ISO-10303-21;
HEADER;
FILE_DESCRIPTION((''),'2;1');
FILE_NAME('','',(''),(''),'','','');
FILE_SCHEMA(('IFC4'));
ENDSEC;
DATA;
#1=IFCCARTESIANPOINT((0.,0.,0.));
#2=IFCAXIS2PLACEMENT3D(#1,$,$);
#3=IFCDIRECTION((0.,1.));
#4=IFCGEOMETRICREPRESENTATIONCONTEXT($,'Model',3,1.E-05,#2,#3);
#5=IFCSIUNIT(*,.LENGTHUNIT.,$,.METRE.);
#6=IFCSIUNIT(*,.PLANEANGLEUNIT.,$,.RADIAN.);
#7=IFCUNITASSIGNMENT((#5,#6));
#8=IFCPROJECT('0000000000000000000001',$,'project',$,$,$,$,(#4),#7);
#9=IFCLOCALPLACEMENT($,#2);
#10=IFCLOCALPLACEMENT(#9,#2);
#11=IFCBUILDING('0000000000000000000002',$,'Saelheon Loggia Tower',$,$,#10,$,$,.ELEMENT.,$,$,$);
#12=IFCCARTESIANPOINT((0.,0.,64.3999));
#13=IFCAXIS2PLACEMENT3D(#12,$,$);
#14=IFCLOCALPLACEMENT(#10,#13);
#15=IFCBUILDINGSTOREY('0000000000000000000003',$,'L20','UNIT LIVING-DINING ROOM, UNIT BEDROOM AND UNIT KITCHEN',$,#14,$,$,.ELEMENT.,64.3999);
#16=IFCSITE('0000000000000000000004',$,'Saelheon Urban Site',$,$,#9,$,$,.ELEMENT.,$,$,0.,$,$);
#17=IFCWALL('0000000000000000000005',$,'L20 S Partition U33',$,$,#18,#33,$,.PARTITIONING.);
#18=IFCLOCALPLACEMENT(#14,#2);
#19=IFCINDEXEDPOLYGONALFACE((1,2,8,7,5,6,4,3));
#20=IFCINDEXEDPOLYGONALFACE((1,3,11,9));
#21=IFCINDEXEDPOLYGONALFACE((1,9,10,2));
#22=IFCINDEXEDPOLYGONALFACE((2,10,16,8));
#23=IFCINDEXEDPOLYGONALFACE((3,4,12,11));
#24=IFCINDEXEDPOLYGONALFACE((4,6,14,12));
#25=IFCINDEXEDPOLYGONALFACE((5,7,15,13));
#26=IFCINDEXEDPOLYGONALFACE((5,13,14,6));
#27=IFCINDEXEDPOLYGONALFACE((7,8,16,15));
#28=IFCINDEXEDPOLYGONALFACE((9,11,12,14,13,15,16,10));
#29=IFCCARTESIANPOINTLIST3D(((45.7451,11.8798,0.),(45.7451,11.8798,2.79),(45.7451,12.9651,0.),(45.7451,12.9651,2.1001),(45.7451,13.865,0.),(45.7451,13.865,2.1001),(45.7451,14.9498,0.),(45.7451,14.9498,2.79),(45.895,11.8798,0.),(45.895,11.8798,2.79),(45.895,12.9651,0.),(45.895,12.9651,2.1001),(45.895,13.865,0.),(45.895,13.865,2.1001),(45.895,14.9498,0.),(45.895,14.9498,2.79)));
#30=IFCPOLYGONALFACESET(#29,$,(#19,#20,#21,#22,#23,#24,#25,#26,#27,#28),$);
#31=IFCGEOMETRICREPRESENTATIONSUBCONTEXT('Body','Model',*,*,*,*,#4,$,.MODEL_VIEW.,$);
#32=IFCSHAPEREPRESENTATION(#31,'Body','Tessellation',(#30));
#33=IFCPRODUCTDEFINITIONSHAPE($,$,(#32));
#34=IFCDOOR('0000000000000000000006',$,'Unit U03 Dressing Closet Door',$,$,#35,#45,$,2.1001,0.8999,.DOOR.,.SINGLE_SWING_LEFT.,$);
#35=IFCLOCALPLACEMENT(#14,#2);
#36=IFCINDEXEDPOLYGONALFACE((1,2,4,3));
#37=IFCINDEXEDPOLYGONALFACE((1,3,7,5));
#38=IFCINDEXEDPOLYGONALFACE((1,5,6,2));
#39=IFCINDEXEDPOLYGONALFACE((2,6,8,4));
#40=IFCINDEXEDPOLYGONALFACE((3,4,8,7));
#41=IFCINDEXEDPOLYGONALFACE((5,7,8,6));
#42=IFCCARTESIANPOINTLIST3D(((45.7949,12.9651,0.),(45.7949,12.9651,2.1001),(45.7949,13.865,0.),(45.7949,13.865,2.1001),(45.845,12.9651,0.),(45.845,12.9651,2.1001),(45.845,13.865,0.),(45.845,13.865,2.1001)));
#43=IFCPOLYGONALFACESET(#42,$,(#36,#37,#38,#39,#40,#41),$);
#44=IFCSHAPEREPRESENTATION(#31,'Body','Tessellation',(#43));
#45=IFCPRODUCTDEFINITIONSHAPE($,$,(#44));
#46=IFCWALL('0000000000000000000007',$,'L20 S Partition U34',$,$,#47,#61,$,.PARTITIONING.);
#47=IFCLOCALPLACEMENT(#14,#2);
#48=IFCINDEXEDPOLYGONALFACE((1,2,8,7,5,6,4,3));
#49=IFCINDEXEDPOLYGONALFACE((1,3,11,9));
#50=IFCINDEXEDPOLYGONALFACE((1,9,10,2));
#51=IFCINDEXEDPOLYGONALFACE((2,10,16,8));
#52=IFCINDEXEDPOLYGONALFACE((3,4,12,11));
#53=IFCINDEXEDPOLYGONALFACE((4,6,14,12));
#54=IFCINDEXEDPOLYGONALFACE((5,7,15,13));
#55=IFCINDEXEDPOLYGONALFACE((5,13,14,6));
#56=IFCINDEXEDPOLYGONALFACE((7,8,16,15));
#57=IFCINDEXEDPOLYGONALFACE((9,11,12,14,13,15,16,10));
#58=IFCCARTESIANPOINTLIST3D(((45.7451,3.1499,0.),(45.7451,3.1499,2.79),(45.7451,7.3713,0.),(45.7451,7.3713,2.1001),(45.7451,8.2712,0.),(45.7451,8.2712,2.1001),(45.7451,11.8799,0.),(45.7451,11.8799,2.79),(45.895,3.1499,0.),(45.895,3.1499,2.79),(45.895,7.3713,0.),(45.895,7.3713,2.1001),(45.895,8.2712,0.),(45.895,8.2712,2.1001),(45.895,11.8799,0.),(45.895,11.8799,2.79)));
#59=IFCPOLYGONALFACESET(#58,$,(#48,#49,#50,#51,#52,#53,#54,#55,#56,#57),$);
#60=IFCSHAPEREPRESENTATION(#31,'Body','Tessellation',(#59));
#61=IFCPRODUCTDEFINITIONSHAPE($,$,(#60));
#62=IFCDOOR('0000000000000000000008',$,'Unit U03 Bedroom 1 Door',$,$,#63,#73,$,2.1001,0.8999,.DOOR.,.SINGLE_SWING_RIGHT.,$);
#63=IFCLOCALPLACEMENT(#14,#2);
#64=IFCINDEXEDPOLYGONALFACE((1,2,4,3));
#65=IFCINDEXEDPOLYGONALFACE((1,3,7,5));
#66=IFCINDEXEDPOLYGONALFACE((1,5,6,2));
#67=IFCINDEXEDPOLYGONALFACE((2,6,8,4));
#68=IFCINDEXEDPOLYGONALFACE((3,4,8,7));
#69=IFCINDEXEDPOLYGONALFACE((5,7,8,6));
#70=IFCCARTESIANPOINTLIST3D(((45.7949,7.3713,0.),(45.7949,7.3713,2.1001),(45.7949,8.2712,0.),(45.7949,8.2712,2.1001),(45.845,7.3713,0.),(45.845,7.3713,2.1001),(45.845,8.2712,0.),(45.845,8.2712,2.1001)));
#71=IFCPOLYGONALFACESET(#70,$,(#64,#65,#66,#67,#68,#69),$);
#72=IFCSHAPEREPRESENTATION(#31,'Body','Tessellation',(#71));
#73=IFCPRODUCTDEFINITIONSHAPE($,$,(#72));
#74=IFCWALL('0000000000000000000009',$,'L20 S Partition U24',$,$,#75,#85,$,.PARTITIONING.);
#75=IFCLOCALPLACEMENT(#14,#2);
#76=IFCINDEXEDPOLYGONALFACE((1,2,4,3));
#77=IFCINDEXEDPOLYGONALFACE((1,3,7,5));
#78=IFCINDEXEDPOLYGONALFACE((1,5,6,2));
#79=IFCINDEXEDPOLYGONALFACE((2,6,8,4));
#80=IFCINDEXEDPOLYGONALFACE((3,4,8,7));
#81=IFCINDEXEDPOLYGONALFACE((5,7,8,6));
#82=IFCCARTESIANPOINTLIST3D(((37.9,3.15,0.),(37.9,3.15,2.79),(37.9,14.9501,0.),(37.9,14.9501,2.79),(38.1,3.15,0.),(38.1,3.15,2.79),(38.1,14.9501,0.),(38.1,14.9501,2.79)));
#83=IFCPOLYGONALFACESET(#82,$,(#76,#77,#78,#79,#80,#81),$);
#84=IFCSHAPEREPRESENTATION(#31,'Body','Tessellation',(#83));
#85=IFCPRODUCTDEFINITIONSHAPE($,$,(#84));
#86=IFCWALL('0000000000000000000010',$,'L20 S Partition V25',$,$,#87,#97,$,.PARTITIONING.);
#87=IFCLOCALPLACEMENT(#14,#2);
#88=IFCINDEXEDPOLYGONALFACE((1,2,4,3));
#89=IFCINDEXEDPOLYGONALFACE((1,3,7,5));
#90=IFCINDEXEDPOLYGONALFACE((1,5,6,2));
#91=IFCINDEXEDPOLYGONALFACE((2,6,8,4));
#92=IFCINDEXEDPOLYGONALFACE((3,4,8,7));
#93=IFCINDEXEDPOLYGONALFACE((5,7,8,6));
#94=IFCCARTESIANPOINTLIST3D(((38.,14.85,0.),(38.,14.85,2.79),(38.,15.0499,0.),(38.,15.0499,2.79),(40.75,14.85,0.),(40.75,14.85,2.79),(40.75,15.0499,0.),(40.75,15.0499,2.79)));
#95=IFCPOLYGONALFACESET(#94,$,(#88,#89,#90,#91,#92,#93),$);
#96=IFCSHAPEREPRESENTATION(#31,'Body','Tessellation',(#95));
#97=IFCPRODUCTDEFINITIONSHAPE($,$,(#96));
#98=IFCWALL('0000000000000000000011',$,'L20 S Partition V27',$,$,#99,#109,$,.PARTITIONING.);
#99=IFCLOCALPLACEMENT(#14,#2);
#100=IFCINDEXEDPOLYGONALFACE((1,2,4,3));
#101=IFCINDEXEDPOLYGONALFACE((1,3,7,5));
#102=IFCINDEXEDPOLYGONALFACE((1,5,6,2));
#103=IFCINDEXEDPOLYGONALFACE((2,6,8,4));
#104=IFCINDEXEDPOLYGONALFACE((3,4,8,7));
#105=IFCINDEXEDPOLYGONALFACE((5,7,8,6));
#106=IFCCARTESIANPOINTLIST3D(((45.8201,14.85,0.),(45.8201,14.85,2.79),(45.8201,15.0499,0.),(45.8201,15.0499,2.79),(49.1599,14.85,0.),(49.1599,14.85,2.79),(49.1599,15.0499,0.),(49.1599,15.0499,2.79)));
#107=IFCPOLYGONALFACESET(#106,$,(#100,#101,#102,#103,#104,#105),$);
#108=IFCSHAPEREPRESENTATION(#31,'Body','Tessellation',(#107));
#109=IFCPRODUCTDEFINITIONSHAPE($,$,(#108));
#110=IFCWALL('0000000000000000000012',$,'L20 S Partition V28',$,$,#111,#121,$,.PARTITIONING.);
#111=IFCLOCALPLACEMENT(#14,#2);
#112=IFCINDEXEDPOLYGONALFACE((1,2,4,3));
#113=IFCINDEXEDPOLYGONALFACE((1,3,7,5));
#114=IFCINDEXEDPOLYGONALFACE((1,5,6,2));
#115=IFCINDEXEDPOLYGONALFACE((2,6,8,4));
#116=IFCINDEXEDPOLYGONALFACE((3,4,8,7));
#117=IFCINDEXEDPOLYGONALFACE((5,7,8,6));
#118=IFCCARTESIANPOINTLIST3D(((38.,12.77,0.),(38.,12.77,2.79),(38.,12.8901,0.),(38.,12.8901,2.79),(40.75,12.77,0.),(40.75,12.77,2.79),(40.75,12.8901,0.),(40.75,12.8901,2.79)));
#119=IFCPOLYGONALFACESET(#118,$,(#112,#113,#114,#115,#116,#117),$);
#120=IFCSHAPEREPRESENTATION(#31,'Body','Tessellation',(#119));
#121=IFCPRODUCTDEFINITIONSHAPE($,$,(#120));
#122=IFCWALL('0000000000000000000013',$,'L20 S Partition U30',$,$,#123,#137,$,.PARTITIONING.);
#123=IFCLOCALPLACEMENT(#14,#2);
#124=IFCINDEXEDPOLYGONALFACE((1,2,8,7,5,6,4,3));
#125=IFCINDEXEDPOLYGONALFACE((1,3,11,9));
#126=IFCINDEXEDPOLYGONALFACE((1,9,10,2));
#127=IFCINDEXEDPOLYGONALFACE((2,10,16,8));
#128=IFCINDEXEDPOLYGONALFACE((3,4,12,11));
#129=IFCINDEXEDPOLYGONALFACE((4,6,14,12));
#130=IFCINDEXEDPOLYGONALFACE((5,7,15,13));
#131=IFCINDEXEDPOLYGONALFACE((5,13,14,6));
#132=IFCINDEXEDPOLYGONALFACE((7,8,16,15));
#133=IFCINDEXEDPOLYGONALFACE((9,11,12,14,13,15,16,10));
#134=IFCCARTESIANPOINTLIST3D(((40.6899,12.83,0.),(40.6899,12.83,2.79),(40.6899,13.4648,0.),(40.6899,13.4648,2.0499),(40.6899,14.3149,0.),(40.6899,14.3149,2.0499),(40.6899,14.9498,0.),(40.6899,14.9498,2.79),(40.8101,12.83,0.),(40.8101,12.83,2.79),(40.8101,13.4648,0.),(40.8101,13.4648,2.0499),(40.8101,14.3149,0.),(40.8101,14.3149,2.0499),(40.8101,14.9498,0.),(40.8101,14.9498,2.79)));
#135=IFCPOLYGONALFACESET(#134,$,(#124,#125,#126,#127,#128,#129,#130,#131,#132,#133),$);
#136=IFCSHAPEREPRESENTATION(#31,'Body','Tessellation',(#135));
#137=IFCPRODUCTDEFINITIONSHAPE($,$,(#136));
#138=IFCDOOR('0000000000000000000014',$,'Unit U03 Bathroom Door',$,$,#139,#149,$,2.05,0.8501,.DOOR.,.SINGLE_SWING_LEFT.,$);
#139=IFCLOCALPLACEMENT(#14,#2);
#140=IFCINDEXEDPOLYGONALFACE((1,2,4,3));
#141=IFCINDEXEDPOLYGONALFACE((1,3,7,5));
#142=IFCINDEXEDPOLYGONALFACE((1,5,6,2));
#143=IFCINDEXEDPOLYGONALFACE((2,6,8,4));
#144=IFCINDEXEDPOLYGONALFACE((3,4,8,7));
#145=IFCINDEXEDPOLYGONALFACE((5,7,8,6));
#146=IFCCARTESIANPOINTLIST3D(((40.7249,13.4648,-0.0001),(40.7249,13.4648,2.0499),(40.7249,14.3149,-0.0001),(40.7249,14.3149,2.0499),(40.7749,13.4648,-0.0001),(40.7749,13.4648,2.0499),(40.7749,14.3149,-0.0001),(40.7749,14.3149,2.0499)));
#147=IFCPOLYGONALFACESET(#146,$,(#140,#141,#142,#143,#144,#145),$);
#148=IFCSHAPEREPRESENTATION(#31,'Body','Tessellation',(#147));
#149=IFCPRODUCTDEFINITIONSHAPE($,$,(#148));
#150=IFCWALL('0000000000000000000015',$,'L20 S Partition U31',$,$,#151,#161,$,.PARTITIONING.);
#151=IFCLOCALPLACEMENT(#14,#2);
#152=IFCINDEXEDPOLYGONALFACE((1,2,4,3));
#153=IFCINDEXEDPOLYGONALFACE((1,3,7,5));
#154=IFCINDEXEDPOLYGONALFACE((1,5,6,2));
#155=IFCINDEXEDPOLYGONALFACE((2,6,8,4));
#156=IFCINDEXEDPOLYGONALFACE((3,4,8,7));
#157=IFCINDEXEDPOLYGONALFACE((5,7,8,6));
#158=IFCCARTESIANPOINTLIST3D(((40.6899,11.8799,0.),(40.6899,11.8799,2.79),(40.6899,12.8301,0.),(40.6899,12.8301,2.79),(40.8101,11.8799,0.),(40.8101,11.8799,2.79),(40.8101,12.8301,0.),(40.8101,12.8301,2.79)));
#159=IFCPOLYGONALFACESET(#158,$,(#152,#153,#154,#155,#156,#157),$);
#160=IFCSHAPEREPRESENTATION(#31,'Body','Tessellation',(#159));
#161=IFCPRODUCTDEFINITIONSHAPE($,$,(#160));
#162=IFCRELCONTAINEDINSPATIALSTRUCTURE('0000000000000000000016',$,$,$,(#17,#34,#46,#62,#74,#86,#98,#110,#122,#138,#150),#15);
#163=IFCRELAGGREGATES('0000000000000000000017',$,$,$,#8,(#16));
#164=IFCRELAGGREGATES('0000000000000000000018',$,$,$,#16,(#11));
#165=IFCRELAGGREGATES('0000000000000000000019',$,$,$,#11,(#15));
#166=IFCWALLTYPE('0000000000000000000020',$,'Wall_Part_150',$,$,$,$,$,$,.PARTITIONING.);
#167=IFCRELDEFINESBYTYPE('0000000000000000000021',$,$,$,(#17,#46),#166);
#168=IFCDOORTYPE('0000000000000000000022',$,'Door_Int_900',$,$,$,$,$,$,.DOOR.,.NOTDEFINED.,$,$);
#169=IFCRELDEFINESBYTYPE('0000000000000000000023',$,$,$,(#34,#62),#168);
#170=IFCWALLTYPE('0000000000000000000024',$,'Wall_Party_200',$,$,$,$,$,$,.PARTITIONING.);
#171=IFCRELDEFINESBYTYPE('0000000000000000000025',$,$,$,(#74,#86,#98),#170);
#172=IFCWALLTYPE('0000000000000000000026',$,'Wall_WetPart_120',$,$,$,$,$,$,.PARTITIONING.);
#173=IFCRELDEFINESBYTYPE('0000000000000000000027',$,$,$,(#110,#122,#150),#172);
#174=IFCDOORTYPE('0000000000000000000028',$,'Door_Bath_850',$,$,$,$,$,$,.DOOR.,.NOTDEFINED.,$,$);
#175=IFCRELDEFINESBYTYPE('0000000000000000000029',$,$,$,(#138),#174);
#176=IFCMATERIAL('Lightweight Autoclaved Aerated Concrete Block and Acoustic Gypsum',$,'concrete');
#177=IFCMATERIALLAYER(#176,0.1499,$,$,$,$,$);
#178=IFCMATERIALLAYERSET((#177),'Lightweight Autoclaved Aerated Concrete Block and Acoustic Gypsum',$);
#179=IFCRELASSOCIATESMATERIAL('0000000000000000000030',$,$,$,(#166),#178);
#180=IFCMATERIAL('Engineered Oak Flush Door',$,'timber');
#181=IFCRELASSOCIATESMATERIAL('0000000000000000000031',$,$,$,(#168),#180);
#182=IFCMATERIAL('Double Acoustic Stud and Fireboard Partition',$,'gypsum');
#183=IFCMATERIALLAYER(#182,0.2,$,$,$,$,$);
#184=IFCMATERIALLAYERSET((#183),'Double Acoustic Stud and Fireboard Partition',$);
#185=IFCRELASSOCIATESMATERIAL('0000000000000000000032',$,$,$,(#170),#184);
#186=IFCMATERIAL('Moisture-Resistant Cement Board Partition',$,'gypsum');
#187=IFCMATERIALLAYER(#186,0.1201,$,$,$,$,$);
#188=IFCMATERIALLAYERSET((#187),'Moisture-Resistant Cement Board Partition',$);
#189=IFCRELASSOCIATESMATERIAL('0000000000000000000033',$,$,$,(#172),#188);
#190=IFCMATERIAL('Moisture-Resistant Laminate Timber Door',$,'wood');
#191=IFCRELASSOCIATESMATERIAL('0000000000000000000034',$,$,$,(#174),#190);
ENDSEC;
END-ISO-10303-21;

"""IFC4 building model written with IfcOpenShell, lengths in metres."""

from ifc_helpers import new_model, si_unit, direction, frame, frame_2d, origin, place, context, subcontext, project, spatial, rectangle, extrude, source, transform, mapped, material, layer, layer_set, type_object, element, fill, save


model = new_model("IFC4")

# Units and contexts
model_context = context("Model", 3, precision=1e-05, world=origin(), true_north=direction((0.0, 1.0)))
body_context = subcontext(model_context, "Body", "Model", "MODEL_VIEW")
ifc_project = project(units=[si_unit("LENGTHUNIT", "METRE"), si_unit("PLANEANGLEUNIT", "RADIAN")], contexts=[model_context])

# Site, building, storey
site_placement = place(None, origin())
site = spatial("IfcSite", under=ifc_project, at=site_placement, Name="Saelheon Urban Site", CompositionType="ELEMENT", RefElevation=0.0)
building_placement = place(site_placement, origin())
building = spatial("IfcBuilding", under=site, at=building_placement, Name="Saelheon Loggia Tower", CompositionType="ELEMENT")
storey_placement = place(building_placement, frame((0.0, 0.0, 64.3999)))
storey = spatial("IfcBuildingStorey", under=building, at=storey_placement, Name="L20", Description="UNIT LIVING-DINING ROOM, UNIT BEDROOM AND UNIT KITCHEN", CompositionType="ELEMENT", Elevation=64.3999)

# Shared definitions
ifc_material_1 = material(Name="Lightweight Autoclaved Aerated Concrete Block and Acoustic Gypsum", Category="concrete")
ifc_layer_1 = layer(ifc_material_1, 0.1499)
ifc_layer_set_1 = layer_set([ifc_layer_1], Name="Lightweight Autoclaved Aerated Concrete Block and Acoustic Gypsum")
wall_type_1 = type_object("IfcWallType", Name="Wall_Part_150", PredefinedType="PARTITIONING", material=ifc_layer_set_1)
ifc_material_2 = material(Name="Engineered Oak Flush Door", Category="timber")
door_type_1 = type_object("IfcDoorType", Name="Door_Int_900", OperationType="NOTDEFINED", PredefinedType="DOOR", material=ifc_material_2)
shared_shape_1 = source(origin(), body_context, "Body", "SweptSolid", [
    extrude(rectangle(XDim=0.8999, YDim=2.1001, at=frame_2d((0.45, 1.05))), frame((0.0, 0.0249, 0.0), z_axis=(0.0, -1.0, 0.0), x_axis=(1.0, 0.0, 0.0)), (0.0, 0.0, 1.0), 0.05),
])

# Walls, openings, doors
wall_1_placement = place(storey_placement, frame((45.8201, 14.95, 0.0), z_axis=(0.0, 0.0, 1.0), x_axis=(0.0, -1.0, 0.0)))
wall_1 = element("IfcWall", 1, at=wall_1_placement, inside=storey, type_object=wall_type_1, Name="L20 S Partition U33", PredefinedType="PARTITIONING", context=body_context, shape_type="SweptSolid", body=[
    extrude(rectangle(XDim=3.0701, YDim=0.1499, at=frame_2d((1.5352, 0.0))), origin(), (0.0, 0.0, 1.0), 2.79),
])
opening_1_placement = place(wall_1_placement, frame((1.085, 0.0, 0.0)))
opening_1 = element("IfcOpeningElement", 2, at=opening_1_placement, cuts=wall_1, PredefinedType="OPENING", context=body_context, shape_type="SweptSolid", body=[
    extrude(rectangle(XDim=0.8999, YDim=2.1001, at=frame_2d((0.45, 1.05))), frame((0.0, 0.0869, 0.0), z_axis=(0.0, -1.0, 0.0), x_axis=(1.0, 0.0, 0.0)), (0.0, 0.0, 1.0), 0.1738),
])
door_1_placement = place(opening_1_placement, origin())
door_1 = element("IfcDoor", 3, at=door_1_placement, inside=storey, type_object=door_type_1, Name="Unit U03 Dressing Closet Door", OperationType="SINGLE_SWING_LEFT", OverallHeight=2.1001, OverallWidth=0.8999, PredefinedType="DOOR", context=body_context, shape_type="MappedRepresentation", body=[
    mapped(shared_shape_1, transform((0.0, 0.0, 0.0), scale=1.0)),
])
fill(opening_1, door_1)
wall_2_placement = place(storey_placement, frame((45.8201, 11.8799, 0.0), z_axis=(0.0, 0.0, 1.0), x_axis=(0.0, -1.0, 0.0)))
wall_2 = element("IfcWall", 4, at=wall_2_placement, inside=storey, type_object=wall_type_1, Name="L20 S Partition U34", PredefinedType="PARTITIONING", context=body_context, shape_type="SweptSolid", body=[
    extrude(rectangle(XDim=8.73, YDim=0.1499, at=frame_2d((4.365, 0.0))), origin(), (0.0, 0.0, 1.0), 2.79),
])
opening_2_placement = place(wall_2_placement, frame((3.6086, 0.0, 0.0)))
opening_2 = element("IfcOpeningElement", 5, at=opening_2_placement, cuts=wall_2, PredefinedType="OPENING", context=body_context, shape_type="SweptSolid", body=[
    extrude(rectangle(XDim=0.8999, YDim=2.1001, at=frame_2d((0.45, 1.05))), frame((0.0, 0.0869, 0.0), z_axis=(0.0, -1.0, 0.0), x_axis=(1.0, 0.0, 0.0)), (0.0, 0.0, 1.0), 0.1738),
])
door_2_placement = place(opening_2_placement, origin())
door_2 = element("IfcDoor", 6, at=door_2_placement, inside=storey, type_object=door_type_1, Name="Unit U03 Bedroom 1 Door", OperationType="SINGLE_SWING_RIGHT", OverallHeight=2.1001, OverallWidth=0.8999, PredefinedType="DOOR", context=body_context, shape_type="MappedRepresentation", body=[
    mapped(shared_shape_1, transform((0.0, 0.0, 0.0), scale=1.0)),
])
fill(opening_2, door_2)

# Walls
ifc_material_3 = material(Name="Double Acoustic Stud and Fireboard Partition", Category="gypsum")
ifc_layer_2 = layer(ifc_material_3, 0.2)
ifc_layer_set_2 = layer_set([ifc_layer_2], Name="Double Acoustic Stud and Fireboard Partition")
wall_type_2 = type_object("IfcWallType", Name="Wall_Party_200", PredefinedType="PARTITIONING", material=ifc_layer_set_2)
wall_3_placement = place(storey_placement, frame((38.0, 14.95, 0.0), z_axis=(0.0, 0.0, 1.0), x_axis=(0.0, -1.0, 0.0)))
element("IfcWall", 7, at=wall_3_placement, inside=storey, type_object=wall_type_2, Name="L20 S Partition U24", PredefinedType="PARTITIONING", context=body_context, shape_type="SweptSolid", body=[
    extrude(rectangle(XDim=11.8, YDim=0.2, at=frame_2d((5.8999, 0.0))), origin(), (0.0, 0.0, 1.0), 2.79),
])
wall_4_placement = place(storey_placement, frame((38.0, 14.95, 0.0), z_axis=(0.0, 0.0, 1.0), x_axis=(1.0, 0.0, 0.0)))
element("IfcWall", 8, at=wall_4_placement, inside=storey, type_object=wall_type_2, Name="L20 S Partition V25", PredefinedType="PARTITIONING", context=body_context, shape_type="SweptSolid", body=[
    extrude(rectangle(XDim=2.75, YDim=0.2, at=frame_2d((1.375, 0.0))), origin(), (0.0, 0.0, 1.0), 2.79),
])

# Walls
wall_5_placement = place(storey_placement, frame((45.8201, 14.95, 0.0), z_axis=(0.0, 0.0, 1.0), x_axis=(1.0, 0.0, 0.0)))
element("IfcWall", 9, at=wall_5_placement, inside=storey, type_object=wall_type_2, Name="L20 S Partition V27", PredefinedType="PARTITIONING", context=body_context, shape_type="SweptSolid", body=[
    extrude(rectangle(XDim=3.3398, YDim=0.2, at=frame_2d((1.6699, 0.0))), origin(), (0.0, 0.0, 1.0), 2.79),
])
ifc_material_4 = material(Name="Moisture-Resistant Cement Board Partition", Category="gypsum")
ifc_layer_3 = layer(ifc_material_4, 0.1201)
ifc_layer_set_3 = layer_set([ifc_layer_3], Name="Moisture-Resistant Cement Board Partition")
wall_type_3 = type_object("IfcWallType", Name="Wall_WetPart_120", PredefinedType="PARTITIONING", material=ifc_layer_set_3)
wall_6_placement = place(storey_placement, frame((38.0, 12.8301, 0.0), z_axis=(0.0, 0.0, 1.0), x_axis=(1.0, 0.0, 0.0)))
element("IfcWall", 10, at=wall_6_placement, inside=storey, type_object=wall_type_3, Name="L20 S Partition V28", PredefinedType="PARTITIONING", context=body_context, shape_type="SweptSolid", body=[
    extrude(rectangle(XDim=2.75, YDim=0.1201, at=frame_2d((1.375, 0.0))), origin(), (0.0, 0.0, 1.0), 2.79),
])

# Wall, opening, door
wall_7_placement = place(storey_placement, frame((40.75, 14.95, 0.0), z_axis=(0.0, 0.0, 1.0), x_axis=(0.0, -1.0, 0.0)))
wall_7 = element("IfcWall", 11, at=wall_7_placement, inside=storey, type_object=wall_type_3, Name="L20 S Partition U30", PredefinedType="PARTITIONING", context=body_context, shape_type="SweptSolid", body=[
    extrude(rectangle(XDim=2.1199, YDim=0.1201, at=frame_2d((1.0601, 0.0))), origin(), (0.0, 0.0, 1.0), 2.79),
])
opening_3_placement = place(wall_7_placement, frame((0.635, 0.0, 0.0)))
opening_3 = element("IfcOpeningElement", 12, at=opening_3_placement, cuts=wall_7, PredefinedType="OPENING", context=body_context, shape_type="SweptSolid", body=[
    extrude(rectangle(XDim=0.8501, YDim=2.05, at=frame_2d((0.425, 1.0249))), frame((0.0, 0.072, 0.0), z_axis=(0.0, -1.0, 0.0), x_axis=(1.0, 0.0, 0.0)), (0.0, 0.0, 1.0), 0.144),
])
ifc_material_5 = material(Name="Moisture-Resistant Laminate Timber Door", Category="wood")
door_type_2 = type_object("IfcDoorType", Name="Door_Bath_850", OperationType="NOTDEFINED", PredefinedType="DOOR", material=ifc_material_5)
shared_shape_2 = source(origin(), body_context, "Body", "SweptSolid", [
    extrude(rectangle(XDim=0.8501, YDim=2.05, at=frame_2d((0.425, 1.0249))), frame((0.0, 0.0249, 0.0), z_axis=(0.0, -1.0, 0.0), x_axis=(1.0, 0.0, 0.0)), (0.0, 0.0, 1.0), 0.05),
])
door_3_placement = place(opening_3_placement, origin())
door_3 = element("IfcDoor", 13, at=door_3_placement, inside=storey, type_object=door_type_2, Name="Unit U03 Bathroom Door", OperationType="SINGLE_SWING_LEFT", OverallHeight=2.05, OverallWidth=0.8501, PredefinedType="DOOR", context=body_context, shape_type="MappedRepresentation", body=[
    mapped(shared_shape_2, transform((0.0, 0.0, 0.0), scale=1.0)),
])
fill(opening_3, door_3)

# Wall
wall_8_placement = place(storey_placement, frame((40.75, 12.8301, 0.0), z_axis=(0.0, 0.0, 1.0), x_axis=(0.0, -1.0, 0.0)))
element("IfcWall", 14, at=wall_8_placement, inside=storey, type_object=wall_type_3, Name="L20 S Partition U31", PredefinedType="PARTITIONING", context=body_context, shape_type="SweptSolid", body=[
    extrude(rectangle(XDim=0.9502, YDim=0.1201, at=frame_2d((0.4751, 0.0))), origin(), (0.0, 0.0, 1.0), 2.79),
])

save(model, "model.ifc")
